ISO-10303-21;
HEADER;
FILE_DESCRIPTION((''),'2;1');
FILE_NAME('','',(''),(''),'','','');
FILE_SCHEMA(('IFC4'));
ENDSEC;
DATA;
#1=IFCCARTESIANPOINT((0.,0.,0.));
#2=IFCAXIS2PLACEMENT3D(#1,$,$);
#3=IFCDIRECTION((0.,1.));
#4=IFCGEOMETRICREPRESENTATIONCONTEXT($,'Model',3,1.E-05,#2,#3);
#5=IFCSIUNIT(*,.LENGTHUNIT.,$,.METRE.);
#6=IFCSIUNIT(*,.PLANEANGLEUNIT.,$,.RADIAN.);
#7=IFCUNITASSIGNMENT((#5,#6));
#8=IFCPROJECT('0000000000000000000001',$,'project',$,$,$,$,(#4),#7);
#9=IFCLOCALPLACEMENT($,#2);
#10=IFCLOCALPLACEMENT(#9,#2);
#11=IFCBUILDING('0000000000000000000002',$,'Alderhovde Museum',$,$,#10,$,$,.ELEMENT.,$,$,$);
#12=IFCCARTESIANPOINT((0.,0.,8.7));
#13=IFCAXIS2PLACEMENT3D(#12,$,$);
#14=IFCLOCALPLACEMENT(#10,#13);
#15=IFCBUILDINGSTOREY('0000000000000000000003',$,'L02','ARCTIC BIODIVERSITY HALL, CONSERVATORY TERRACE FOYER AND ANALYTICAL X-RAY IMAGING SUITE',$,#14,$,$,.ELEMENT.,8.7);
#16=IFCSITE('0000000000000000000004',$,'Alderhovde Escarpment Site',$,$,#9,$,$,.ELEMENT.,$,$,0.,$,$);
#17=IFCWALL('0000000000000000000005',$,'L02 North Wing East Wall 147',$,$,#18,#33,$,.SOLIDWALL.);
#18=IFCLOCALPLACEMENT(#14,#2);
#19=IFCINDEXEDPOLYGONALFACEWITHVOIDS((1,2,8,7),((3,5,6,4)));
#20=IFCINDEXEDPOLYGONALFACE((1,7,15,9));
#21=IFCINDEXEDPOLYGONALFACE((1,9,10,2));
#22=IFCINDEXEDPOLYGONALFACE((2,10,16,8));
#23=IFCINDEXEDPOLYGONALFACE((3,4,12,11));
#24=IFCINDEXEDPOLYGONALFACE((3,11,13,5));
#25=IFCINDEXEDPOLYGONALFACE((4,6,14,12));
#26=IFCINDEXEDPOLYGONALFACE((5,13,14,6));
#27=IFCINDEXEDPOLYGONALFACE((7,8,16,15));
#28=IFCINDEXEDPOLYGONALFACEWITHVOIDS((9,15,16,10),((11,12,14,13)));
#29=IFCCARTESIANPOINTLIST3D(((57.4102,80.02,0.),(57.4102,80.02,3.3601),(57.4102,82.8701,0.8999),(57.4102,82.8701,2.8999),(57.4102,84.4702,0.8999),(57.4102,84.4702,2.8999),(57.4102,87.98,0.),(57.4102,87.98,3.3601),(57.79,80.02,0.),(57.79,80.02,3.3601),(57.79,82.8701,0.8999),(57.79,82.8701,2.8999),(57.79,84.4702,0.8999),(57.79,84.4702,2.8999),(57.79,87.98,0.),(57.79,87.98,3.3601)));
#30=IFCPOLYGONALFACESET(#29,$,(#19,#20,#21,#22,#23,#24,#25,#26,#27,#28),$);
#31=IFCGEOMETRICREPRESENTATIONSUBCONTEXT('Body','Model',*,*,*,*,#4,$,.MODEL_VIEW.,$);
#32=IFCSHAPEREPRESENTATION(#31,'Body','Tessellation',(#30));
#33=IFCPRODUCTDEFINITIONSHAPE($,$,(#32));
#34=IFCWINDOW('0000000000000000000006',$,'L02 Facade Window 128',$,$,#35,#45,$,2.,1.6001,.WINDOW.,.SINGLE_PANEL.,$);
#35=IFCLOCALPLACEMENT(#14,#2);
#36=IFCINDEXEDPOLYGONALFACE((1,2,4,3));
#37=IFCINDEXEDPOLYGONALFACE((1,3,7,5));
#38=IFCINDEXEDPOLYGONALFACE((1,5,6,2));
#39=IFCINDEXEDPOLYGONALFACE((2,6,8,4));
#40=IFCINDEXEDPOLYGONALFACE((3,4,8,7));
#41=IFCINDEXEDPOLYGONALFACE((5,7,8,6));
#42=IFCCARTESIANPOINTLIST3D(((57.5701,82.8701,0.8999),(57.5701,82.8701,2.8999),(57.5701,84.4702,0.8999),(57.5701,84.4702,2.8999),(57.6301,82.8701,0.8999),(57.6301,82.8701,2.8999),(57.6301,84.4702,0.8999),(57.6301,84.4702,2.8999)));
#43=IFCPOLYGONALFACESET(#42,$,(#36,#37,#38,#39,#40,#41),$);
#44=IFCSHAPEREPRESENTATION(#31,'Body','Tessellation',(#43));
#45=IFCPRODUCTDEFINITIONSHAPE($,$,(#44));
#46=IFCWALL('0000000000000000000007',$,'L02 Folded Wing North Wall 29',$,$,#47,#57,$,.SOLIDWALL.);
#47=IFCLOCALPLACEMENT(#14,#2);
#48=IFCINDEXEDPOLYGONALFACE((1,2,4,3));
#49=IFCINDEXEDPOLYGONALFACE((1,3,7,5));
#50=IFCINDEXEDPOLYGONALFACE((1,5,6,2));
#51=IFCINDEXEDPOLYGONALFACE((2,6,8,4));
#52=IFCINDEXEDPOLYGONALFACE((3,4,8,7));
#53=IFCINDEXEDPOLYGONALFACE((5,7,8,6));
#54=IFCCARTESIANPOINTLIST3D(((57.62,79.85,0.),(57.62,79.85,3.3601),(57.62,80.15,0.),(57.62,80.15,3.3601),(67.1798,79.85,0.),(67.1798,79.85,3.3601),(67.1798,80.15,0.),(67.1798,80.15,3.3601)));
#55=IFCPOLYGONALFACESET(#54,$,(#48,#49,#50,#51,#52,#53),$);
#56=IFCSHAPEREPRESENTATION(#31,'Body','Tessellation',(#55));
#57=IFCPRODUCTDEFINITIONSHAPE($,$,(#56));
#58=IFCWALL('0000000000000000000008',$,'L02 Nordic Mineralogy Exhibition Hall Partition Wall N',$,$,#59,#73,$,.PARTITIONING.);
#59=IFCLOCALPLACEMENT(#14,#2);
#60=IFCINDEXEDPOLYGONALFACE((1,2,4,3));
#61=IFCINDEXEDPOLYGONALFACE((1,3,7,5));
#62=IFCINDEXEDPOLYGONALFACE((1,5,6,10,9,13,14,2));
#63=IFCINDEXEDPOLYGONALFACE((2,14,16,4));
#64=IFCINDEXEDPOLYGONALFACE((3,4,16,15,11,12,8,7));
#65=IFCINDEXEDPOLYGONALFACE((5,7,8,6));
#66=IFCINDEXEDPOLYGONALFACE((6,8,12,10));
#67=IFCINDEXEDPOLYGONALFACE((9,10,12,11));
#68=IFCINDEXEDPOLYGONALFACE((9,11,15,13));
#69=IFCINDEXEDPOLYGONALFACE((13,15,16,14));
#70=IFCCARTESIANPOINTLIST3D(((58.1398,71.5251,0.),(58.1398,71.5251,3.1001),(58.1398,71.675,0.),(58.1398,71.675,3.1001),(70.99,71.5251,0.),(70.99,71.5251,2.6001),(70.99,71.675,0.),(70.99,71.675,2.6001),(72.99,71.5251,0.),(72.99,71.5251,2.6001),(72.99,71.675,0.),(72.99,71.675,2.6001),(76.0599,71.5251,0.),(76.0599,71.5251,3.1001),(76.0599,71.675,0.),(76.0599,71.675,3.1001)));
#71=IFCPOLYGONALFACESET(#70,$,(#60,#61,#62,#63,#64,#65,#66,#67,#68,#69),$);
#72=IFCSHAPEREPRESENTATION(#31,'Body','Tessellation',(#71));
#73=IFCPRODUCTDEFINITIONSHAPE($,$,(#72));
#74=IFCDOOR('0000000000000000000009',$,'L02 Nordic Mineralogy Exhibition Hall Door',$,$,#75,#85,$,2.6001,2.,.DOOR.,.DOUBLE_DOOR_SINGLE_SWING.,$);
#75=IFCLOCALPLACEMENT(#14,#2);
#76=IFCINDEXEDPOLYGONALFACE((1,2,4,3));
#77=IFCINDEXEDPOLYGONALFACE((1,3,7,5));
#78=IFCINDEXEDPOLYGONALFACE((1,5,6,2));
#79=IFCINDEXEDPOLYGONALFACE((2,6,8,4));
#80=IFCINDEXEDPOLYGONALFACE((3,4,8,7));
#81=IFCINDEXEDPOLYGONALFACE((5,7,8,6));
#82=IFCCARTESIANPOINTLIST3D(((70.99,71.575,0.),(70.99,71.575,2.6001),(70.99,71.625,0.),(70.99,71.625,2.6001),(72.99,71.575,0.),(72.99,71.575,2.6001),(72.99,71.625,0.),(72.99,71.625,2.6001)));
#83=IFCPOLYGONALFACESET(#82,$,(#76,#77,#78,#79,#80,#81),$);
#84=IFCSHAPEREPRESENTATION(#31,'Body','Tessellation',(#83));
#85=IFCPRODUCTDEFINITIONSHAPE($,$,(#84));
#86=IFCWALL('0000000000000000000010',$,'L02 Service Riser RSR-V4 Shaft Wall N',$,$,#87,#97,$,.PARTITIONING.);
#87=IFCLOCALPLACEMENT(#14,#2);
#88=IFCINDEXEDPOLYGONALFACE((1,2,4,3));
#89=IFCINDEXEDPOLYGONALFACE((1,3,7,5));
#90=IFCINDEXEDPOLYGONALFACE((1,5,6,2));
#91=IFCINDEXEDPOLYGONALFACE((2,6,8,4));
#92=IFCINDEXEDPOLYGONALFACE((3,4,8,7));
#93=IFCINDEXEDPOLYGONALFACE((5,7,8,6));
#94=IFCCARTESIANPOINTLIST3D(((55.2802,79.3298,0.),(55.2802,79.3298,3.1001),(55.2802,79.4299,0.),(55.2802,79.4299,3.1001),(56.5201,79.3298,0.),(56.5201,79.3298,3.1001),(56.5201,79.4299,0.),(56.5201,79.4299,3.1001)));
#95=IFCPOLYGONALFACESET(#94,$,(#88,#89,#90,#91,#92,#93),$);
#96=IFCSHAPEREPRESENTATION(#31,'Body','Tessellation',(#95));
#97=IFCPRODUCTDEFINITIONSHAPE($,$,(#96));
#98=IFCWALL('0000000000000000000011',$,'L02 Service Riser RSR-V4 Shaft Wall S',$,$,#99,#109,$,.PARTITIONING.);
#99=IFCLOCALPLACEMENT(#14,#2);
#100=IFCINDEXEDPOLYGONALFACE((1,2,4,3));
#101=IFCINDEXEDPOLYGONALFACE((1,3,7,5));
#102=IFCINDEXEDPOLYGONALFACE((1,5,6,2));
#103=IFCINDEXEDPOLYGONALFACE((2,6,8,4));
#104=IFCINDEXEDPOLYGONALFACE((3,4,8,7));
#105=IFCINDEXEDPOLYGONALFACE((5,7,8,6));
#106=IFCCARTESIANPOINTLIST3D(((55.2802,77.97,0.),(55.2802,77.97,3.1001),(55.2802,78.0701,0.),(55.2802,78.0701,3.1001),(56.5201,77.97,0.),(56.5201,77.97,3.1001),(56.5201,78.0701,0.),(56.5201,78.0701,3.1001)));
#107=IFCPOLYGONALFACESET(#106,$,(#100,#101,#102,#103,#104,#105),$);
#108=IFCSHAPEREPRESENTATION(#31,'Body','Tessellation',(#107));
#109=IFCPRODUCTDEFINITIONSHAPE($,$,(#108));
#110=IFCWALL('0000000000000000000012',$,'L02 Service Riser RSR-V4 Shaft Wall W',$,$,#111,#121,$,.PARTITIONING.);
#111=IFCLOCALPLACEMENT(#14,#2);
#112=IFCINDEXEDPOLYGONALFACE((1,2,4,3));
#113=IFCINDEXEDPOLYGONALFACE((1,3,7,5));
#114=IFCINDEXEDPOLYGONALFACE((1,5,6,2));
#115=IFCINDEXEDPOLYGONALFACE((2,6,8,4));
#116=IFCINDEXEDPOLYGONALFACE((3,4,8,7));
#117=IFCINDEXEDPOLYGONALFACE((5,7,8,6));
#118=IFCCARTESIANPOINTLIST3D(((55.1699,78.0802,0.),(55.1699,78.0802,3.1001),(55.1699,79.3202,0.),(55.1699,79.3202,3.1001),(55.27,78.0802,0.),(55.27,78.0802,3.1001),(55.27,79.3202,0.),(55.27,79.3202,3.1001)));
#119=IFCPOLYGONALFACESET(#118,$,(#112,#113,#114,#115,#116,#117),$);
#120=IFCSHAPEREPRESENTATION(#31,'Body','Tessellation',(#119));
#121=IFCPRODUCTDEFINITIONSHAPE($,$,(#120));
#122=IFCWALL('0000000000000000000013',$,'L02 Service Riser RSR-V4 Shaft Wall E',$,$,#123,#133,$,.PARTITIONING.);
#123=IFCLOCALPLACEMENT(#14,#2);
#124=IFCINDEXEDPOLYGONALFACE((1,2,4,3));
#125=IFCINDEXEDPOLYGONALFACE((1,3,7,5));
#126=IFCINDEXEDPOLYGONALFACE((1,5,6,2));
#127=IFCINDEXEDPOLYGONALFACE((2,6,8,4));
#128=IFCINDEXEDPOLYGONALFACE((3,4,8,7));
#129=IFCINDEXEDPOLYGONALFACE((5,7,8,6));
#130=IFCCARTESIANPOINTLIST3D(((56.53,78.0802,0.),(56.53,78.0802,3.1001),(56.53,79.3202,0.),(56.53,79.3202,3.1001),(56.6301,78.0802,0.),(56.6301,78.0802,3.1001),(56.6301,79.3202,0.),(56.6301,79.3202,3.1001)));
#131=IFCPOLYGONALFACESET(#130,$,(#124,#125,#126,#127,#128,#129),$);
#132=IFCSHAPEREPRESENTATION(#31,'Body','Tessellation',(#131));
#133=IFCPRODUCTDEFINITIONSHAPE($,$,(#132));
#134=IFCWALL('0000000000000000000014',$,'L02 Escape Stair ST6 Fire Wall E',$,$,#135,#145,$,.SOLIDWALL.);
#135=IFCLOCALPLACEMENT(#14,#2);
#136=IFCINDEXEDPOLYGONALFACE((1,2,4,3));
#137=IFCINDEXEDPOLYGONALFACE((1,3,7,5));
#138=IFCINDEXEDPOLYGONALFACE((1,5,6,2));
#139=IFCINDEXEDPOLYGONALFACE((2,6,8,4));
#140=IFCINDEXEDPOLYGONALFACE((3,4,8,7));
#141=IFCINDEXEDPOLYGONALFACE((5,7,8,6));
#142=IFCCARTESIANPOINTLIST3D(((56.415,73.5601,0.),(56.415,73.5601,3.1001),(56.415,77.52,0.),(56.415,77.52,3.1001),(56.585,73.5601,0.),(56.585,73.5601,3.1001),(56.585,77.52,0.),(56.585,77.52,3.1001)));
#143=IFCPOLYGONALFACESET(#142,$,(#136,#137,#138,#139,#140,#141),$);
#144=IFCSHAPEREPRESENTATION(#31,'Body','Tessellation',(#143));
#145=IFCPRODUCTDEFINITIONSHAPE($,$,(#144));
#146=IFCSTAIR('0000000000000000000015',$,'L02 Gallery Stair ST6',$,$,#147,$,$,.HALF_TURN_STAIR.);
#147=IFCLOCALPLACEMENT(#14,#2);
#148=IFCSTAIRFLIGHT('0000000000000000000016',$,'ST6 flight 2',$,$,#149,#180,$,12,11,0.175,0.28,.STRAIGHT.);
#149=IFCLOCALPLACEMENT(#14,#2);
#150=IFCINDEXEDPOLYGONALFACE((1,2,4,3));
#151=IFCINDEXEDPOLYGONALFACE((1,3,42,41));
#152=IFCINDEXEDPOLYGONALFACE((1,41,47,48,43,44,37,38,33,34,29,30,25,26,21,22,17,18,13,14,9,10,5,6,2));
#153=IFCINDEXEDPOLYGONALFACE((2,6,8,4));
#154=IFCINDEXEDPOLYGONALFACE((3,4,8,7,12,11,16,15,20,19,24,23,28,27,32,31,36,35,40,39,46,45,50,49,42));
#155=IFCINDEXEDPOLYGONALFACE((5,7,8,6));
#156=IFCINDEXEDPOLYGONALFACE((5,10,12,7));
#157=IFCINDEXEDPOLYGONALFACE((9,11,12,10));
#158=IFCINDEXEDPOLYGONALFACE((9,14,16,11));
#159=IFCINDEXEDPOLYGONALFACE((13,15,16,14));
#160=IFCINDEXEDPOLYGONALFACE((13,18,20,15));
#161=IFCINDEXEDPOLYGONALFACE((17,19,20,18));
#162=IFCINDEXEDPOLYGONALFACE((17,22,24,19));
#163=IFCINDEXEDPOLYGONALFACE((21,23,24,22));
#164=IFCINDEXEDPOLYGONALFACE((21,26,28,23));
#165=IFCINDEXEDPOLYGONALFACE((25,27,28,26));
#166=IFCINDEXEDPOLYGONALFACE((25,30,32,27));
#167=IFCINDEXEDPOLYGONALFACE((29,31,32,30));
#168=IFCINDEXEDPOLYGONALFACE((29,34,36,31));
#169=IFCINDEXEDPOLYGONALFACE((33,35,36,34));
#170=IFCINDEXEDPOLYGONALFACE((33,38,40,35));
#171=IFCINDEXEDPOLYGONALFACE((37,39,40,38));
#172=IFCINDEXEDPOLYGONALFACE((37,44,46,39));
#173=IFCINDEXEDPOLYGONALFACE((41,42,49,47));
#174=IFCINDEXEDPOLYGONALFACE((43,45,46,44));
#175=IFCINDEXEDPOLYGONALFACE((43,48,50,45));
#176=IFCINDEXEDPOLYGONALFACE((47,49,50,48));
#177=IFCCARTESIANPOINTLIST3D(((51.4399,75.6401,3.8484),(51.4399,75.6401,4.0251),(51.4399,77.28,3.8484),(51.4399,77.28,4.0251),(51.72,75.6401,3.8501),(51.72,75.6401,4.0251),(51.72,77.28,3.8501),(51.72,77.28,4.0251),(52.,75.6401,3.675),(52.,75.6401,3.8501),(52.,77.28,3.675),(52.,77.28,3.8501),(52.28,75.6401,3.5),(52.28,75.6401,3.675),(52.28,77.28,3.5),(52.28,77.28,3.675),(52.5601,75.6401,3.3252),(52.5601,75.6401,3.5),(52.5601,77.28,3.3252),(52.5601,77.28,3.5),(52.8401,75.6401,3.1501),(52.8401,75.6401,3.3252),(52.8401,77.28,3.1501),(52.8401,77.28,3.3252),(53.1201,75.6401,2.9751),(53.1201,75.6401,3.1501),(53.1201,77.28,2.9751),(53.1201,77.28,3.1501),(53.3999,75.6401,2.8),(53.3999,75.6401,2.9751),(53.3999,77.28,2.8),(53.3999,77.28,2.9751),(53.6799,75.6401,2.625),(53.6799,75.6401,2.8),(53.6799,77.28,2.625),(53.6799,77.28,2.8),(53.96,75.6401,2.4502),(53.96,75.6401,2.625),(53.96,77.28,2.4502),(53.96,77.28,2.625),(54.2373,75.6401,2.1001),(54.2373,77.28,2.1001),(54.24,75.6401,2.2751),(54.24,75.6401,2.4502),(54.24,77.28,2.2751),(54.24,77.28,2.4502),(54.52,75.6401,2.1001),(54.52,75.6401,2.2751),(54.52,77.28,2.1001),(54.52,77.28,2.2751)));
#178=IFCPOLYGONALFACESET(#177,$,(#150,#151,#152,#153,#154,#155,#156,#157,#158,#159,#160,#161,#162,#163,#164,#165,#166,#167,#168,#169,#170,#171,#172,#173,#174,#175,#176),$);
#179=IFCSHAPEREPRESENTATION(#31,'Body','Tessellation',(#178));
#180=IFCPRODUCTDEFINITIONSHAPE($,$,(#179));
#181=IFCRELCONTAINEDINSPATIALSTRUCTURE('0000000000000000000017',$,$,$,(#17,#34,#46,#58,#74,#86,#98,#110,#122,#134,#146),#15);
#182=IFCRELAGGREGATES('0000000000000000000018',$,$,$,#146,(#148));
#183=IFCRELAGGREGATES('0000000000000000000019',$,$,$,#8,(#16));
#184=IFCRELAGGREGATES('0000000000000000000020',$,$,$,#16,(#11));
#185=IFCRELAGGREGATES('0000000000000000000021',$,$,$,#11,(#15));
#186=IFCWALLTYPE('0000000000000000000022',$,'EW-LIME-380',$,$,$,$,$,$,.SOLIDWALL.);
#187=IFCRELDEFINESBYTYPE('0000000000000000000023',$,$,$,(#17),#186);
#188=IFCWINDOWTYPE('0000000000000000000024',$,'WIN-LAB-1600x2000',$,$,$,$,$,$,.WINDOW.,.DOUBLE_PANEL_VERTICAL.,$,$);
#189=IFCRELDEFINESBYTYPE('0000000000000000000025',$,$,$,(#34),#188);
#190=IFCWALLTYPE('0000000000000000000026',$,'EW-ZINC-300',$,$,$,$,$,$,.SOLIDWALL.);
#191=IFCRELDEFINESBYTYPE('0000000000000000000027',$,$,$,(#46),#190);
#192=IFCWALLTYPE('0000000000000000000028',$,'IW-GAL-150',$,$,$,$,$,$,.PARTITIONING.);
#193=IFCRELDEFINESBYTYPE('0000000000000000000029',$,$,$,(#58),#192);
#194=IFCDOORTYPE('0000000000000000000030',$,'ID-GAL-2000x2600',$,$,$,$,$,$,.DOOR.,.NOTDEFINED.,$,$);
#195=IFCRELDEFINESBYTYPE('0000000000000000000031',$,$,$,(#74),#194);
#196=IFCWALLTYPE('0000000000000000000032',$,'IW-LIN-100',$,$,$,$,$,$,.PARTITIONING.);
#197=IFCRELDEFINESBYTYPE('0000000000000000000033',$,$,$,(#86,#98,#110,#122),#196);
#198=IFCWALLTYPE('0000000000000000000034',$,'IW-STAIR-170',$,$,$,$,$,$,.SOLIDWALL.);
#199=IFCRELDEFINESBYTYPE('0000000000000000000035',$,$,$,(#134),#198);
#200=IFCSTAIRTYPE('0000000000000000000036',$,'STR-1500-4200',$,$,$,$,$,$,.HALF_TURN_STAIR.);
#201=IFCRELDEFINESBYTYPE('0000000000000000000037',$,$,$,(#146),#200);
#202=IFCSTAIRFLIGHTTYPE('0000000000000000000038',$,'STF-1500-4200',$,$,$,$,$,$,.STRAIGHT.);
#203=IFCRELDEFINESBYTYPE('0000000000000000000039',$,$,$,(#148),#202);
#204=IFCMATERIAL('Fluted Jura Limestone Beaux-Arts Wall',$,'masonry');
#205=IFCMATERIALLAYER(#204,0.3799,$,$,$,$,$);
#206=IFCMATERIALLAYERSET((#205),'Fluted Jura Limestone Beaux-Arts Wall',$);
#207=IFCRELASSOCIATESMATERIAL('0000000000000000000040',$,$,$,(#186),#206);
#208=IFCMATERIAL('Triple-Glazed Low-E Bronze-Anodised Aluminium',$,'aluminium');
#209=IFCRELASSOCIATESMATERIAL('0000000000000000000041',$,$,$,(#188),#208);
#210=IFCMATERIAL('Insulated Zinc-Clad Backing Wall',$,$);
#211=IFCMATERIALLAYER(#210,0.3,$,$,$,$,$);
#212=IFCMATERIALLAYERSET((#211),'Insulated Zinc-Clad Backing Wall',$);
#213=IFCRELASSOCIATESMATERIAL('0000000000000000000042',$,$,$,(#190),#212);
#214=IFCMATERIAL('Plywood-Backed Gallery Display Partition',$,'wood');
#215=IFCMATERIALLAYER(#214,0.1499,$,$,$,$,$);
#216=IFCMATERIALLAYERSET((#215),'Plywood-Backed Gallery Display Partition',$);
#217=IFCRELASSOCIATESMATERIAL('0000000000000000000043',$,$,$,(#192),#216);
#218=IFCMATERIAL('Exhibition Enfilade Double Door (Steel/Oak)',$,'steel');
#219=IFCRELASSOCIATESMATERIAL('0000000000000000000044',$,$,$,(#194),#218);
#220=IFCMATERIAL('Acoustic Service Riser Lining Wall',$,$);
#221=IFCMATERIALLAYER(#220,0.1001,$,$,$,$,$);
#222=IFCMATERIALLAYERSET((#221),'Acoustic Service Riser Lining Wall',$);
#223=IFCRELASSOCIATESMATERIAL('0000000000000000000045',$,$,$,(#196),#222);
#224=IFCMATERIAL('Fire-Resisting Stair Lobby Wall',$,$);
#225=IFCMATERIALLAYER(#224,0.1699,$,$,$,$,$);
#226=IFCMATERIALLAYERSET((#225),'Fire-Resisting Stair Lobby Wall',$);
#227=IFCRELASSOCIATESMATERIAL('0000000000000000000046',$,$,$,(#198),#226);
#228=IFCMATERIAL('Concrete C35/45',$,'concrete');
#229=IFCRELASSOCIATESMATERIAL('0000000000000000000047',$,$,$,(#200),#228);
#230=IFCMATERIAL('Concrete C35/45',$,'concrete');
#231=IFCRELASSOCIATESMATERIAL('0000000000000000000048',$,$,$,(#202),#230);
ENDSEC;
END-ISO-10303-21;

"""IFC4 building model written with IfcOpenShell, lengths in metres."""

from ifc_helpers import new_model, si_unit, direction, frame, frame_2d, origin, place, context, subcontext, project, spatial, polyline, rectangle, outline, extrude, material, layer, layer_set, type_object, element, fill, aggregate, save


model = new_model("IFC4")

# Units and contexts
model_context = context("Model", 3, precision=1e-05, world=origin(), true_north=direction((0.0, 1.0)))
body_context = subcontext(model_context, "Body", "Model", "MODEL_VIEW")
ifc_project = project(units=[si_unit("LENGTHUNIT", "METRE"), si_unit("PLANEANGLEUNIT", "RADIAN")], contexts=[model_context])

# Site, building, storey
site_placement = place(None, origin())
site = spatial("IfcSite", under=ifc_project, at=site_placement, Name="Alderhovde Escarpment Site", CompositionType="ELEMENT", RefElevation=0.0)
building_placement = place(site_placement, origin())
building = spatial("IfcBuilding", under=site, at=building_placement, Name="Alderhovde Museum", CompositionType="ELEMENT")
storey_placement = place(building_placement, frame((0.0, 0.0, 8.7)))
storey = spatial("IfcBuildingStorey", under=building, at=storey_placement, Name="L02", Description="ARCTIC BIODIVERSITY HALL, CONSERVATORY TERRACE FOYER AND ANALYTICAL X-RAY IMAGING SUITE", CompositionType="ELEMENT", Elevation=8.7)

# Wall, opening, window
ifc_material_1 = material(Name="Fluted Jura Limestone Beaux-Arts Wall", Category="masonry")
ifc_layer_1 = layer(ifc_material_1, 0.3799)
ifc_layer_set_1 = layer_set([ifc_layer_1], Name="Fluted Jura Limestone Beaux-Arts Wall")
wall_type_1 = type_object("IfcWallType", Name="EW-LIME-380", PredefinedType="SOLIDWALL", material=ifc_layer_set_1)
wall_1_placement = place(storey_placement, frame((57.6001, 80.02, 0.0), z_axis=(0.0, 0.0, 1.0), x_axis=(0.0, 1.0, 0.0)))
wall_1 = element("IfcWall", 1, at=wall_1_placement, inside=storey, type_object=wall_type_1, Name="L02 North Wing East Wall 147", PredefinedType="SOLIDWALL", context=body_context, shape_type="SweptSolid", body=[
    extrude(rectangle(XDim=7.96, YDim=0.3799, at=frame_2d((3.98, 0.0))), origin(), (0.0, 0.0, 1.0), 3.3601),
])
opening_1_placement = place(wall_1_placement, frame((2.8501, 0.0, 0.8999)))
opening_1 = element("IfcOpeningElement", 2, at=opening_1_placement, cuts=wall_1, PredefinedType="OPENING", context=body_context, shape_type="SweptSolid", body=[
    extrude(rectangle(XDim=1.6001, YDim=2.0, at=frame_2d((0.8, 1.0))), frame((0.0, 0.2, 0.0), z_axis=(0.0, -1.0, 0.0), x_axis=(1.0, 0.0, 0.0)), (0.0, 0.0, 1.0), 0.3999),
])
ifc_material_2 = material(Name="Triple-Glazed Low-E Bronze-Anodised Aluminium", Category="aluminium")
window_type = type_object("IfcWindowType", Name="WIN-LAB-1600x2000", PartitioningType="DOUBLE_PANEL_VERTICAL", PredefinedType="WINDOW", material=ifc_material_2)
window_placement = place(opening_1_placement, origin())
window = element("IfcWindow", 3, at=window_placement, inside=storey, type_object=window_type, Name="L02 Facade Window 128", OverallHeight=2.0, OverallWidth=1.6001, PartitioningType="SINGLE_PANEL", PredefinedType="WINDOW", context=body_context, shape_type="SweptSolid", body=[
    extrude(rectangle(XDim=1.6001, YDim=2.0, at=frame_2d((0.8, 1.0))), frame((0.0, 0.03, 0.0), z_axis=(0.0, -1.0, 0.0), x_axis=(1.0, 0.0, 0.0)), (0.0, 0.0, 1.0), 0.0601),
])
fill(opening_1, window)

# Wall
ifc_material_3 = material(Name="Insulated Zinc-Clad Backing Wall")
ifc_layer_2 = layer(ifc_material_3, 0.3)
ifc_layer_set_2 = layer_set([ifc_layer_2], Name="Insulated Zinc-Clad Backing Wall")
wall_type_2 = type_object("IfcWallType", Name="EW-ZINC-300", PredefinedType="SOLIDWALL", material=ifc_layer_set_2)
wall_2_placement = place(storey_placement, frame((57.6201, 80.0, 0.0), z_axis=(0.0, 0.0, 1.0), x_axis=(1.0, 0.0, 0.0)))
element("IfcWall", 4, at=wall_2_placement, inside=storey, type_object=wall_type_2, Name="L02 Folded Wing North Wall 29", PredefinedType="SOLIDWALL", context=body_context, shape_type="SweptSolid", body=[
    extrude(rectangle(XDim=9.5598, YDim=0.3, at=frame_2d((4.7798, 0.0))), origin(), (0.0, 0.0, 1.0), 3.3601),
])

# Wall, opening, door
ifc_material_4 = material(Name="Plywood-Backed Gallery Display Partition", Category="wood")
ifc_layer_3 = layer(ifc_material_4, 0.1499)
ifc_layer_set_3 = layer_set([ifc_layer_3], Name="Plywood-Backed Gallery Display Partition")
wall_type_3 = type_object("IfcWallType", Name="IW-GAL-150", PredefinedType="PARTITIONING", material=ifc_layer_set_3)
wall_3_placement = place(storey_placement, frame((58.1399, 71.6001, 0.0), z_axis=(0.0, 0.0, 1.0), x_axis=(1.0, 0.0, 0.0)))
wall_3 = element("IfcWall", 5, at=wall_3_placement, inside=storey, type_object=wall_type_3, Name="L02 Nordic Mineralogy Exhibition Hall Partition Wall N", PredefinedType="PARTITIONING", context=body_context, shape_type="SweptSolid", body=[
    extrude(rectangle(XDim=17.9202, YDim=0.1499, at=frame_2d((8.96, 0.0))), origin(), (0.0, 0.0, 1.0), 3.1001),
])
opening_2_placement = place(wall_3_placement, frame((12.8501, 0.0, 0.0)))
opening_2 = element("IfcOpeningElement", 6, at=opening_2_placement, cuts=wall_3, PredefinedType="OPENING", context=body_context, shape_type="SweptSolid", body=[
    extrude(rectangle(XDim=2.0, YDim=2.6001, at=frame_2d((1.0, 1.3))), frame((0.0, 0.085, 0.0), z_axis=(0.0, -1.0, 0.0), x_axis=(1.0, 0.0, 0.0)), (0.0, 0.0, 1.0), 0.1699),
])
ifc_material_5 = material(Name="Exhibition Enfilade Double Door (Steel/Oak)", Category="steel")
door_type = type_object("IfcDoorType", Name="ID-GAL-2000x2600", OperationType="NOTDEFINED", PredefinedType="DOOR", material=ifc_material_5)
door_placement = place(opening_2_placement, origin())
door = element("IfcDoor", 7, at=door_placement, inside=storey, type_object=door_type, Name="L02 Nordic Mineralogy Exhibition Hall Door", OperationType="DOUBLE_DOOR_SINGLE_SWING", OverallHeight=2.6001, OverallWidth=2.0, PredefinedType="DOOR", context=body_context, shape_type="SweptSolid", body=[
    extrude(rectangle(XDim=2.0, YDim=2.6001, at=frame_2d((1.0, 1.3))), frame((0.0, 0.0249, 0.0), z_axis=(0.0, -1.0, 0.0), x_axis=(1.0, 0.0, 0.0)), (0.0, 0.0, 1.0), 0.05),
])
fill(opening_2, door)

# Walls
ifc_material_6 = material(Name="Acoustic Service Riser Lining Wall")
ifc_layer_4 = layer(ifc_material_6, 0.1001)
ifc_layer_set_4 = layer_set([ifc_layer_4], Name="Acoustic Service Riser Lining Wall")
wall_type_4 = type_object("IfcWallType", Name="IW-LIN-100", PredefinedType="PARTITIONING", material=ifc_layer_set_4)
for number, where, z_axis, x_axis, name in (
    (8, (55.28, 79.3799, 0.0), (0.0, 0.0, 1.0), (1.0, 0.0, 0.0), "L02 Service Riser RSR-V4 Shaft Wall N"),
    (9, (55.28, 78.02, 0.0), (0.0, 0.0, 1.0), (1.0, 0.0, 0.0), "L02 Service Riser RSR-V4 Shaft Wall S"),
    (10, (55.22, 78.0801, 0.0), (0.0, 0.0, 1.0), (0.0, 1.0, 0.0), "L02 Service Riser RSR-V4 Shaft Wall W"),
    (11, (56.5801, 78.0801, 0.0), (0.0, 0.0, 1.0), (0.0, 1.0, 0.0), "L02 Service Riser RSR-V4 Shaft Wall E"),
):
    element("IfcWall", number, at=place(storey_placement, frame(where, z_axis=z_axis, x_axis=x_axis)), inside=storey, type_object=wall_type_4, Name=name, PredefinedType="PARTITIONING", context=body_context, shape_type="SweptSolid", body=[
        extrude(rectangle(XDim=1.24, YDim=0.1001, at=frame_2d((0.6201, 0.0))), origin(), (0.0, 0.0, 1.0), 3.1001),
    ])
ifc_material_7 = material(Name="Fire-Resisting Stair Lobby Wall")
ifc_layer_5 = layer(ifc_material_7, 0.1699)
ifc_layer_set_5 = layer_set([ifc_layer_5], Name="Fire-Resisting Stair Lobby Wall")
wall_type_5 = type_object("IfcWallType", Name="IW-STAIR-170", PredefinedType="SOLIDWALL", material=ifc_layer_set_5)
wall_4_placement = place(storey_placement, frame((56.5, 73.5601, 0.0), z_axis=(0.0, 0.0, 1.0), x_axis=(0.0, 1.0, 0.0)))
element("IfcWall", 12, at=wall_4_placement, inside=storey, type_object=wall_type_5, Name="L02 Escape Stair ST6 Fire Wall E", PredefinedType="SOLIDWALL", context=body_context, shape_type="SweptSolid", body=[
    extrude(rectangle(XDim=3.96, YDim=0.1699, at=frame_2d((1.98, 0.0))), origin(), (0.0, 0.0, 1.0), 3.1001),
])

# Stair, stair flight
ifc_material_8 = material(Name="Concrete C35/45", Category="concrete")
stair_type = type_object("IfcStairType", Name="STR-1500-4200", PredefinedType="HALF_TURN_STAIR", material=ifc_material_8)
stair_placement = place(storey_placement, origin())
stair = element("IfcStair", 13, at=stair_placement, inside=storey, type_object=stair_type, Name="L02 Gallery Stair ST6", PredefinedType="HALF_TURN_STAIR")
ifc_material_9 = material(Name="Concrete C35/45", Category="concrete")
stair_flight_type = type_object("IfcStairFlightType", Name="STF-1500-4200", PredefinedType="STRAIGHT", material=ifc_material_9)
stair_flight_placement = place(storey_placement, frame((54.52, 76.46, 2.1001), z_axis=(0.0, 0.0, 1.0), x_axis=(-1.0, 0.0, 0.0)))
stair_flight = element("IfcStairFlight", 14, at=stair_flight_placement, type_object=stair_flight_type, Name="ST6 flight 2", NumberOfRisers=12, NumberOfTreads=11, PredefinedType="STRAIGHT", RiserHeight=0.175, TreadLength=0.28, context=body_context, shape_type="SweptSolid", body=[
    extrude(outline(polyline([(0.0, 0.0), (0.0, 0.175), (0.28, 0.175), (0.28, 0.3501), (0.5601, 0.3501), (0.5601, 0.5249), (0.8401, 0.5249), (0.8401, 0.7), (1.1201, 0.7), (1.1201, 0.875), (1.3999, 0.875), (1.3999, 1.05), (1.6799, 1.05), (1.6799, 1.2251), (1.96, 1.2251), (1.96, 1.3999), (2.24, 1.3999), (2.24, 1.575), (2.52, 1.575), (2.52, 1.75), (2.8, 1.75), (2.8, 1.925), (3.0801, 1.925), (3.0801, 2.1001), (3.0801, 1.7483), (0.2827, 0.0), (0.0, 0.0)])), frame((0.0, 0.8198, 0.0), z_axis=(0.0, -1.0, 0.0), x_axis=(1.0, 0.0, 0.0)), (0.0, 0.0, 1.0), 1.6399),
])
aggregate(stair, [stair_flight])

save(model, "model.ifc")
